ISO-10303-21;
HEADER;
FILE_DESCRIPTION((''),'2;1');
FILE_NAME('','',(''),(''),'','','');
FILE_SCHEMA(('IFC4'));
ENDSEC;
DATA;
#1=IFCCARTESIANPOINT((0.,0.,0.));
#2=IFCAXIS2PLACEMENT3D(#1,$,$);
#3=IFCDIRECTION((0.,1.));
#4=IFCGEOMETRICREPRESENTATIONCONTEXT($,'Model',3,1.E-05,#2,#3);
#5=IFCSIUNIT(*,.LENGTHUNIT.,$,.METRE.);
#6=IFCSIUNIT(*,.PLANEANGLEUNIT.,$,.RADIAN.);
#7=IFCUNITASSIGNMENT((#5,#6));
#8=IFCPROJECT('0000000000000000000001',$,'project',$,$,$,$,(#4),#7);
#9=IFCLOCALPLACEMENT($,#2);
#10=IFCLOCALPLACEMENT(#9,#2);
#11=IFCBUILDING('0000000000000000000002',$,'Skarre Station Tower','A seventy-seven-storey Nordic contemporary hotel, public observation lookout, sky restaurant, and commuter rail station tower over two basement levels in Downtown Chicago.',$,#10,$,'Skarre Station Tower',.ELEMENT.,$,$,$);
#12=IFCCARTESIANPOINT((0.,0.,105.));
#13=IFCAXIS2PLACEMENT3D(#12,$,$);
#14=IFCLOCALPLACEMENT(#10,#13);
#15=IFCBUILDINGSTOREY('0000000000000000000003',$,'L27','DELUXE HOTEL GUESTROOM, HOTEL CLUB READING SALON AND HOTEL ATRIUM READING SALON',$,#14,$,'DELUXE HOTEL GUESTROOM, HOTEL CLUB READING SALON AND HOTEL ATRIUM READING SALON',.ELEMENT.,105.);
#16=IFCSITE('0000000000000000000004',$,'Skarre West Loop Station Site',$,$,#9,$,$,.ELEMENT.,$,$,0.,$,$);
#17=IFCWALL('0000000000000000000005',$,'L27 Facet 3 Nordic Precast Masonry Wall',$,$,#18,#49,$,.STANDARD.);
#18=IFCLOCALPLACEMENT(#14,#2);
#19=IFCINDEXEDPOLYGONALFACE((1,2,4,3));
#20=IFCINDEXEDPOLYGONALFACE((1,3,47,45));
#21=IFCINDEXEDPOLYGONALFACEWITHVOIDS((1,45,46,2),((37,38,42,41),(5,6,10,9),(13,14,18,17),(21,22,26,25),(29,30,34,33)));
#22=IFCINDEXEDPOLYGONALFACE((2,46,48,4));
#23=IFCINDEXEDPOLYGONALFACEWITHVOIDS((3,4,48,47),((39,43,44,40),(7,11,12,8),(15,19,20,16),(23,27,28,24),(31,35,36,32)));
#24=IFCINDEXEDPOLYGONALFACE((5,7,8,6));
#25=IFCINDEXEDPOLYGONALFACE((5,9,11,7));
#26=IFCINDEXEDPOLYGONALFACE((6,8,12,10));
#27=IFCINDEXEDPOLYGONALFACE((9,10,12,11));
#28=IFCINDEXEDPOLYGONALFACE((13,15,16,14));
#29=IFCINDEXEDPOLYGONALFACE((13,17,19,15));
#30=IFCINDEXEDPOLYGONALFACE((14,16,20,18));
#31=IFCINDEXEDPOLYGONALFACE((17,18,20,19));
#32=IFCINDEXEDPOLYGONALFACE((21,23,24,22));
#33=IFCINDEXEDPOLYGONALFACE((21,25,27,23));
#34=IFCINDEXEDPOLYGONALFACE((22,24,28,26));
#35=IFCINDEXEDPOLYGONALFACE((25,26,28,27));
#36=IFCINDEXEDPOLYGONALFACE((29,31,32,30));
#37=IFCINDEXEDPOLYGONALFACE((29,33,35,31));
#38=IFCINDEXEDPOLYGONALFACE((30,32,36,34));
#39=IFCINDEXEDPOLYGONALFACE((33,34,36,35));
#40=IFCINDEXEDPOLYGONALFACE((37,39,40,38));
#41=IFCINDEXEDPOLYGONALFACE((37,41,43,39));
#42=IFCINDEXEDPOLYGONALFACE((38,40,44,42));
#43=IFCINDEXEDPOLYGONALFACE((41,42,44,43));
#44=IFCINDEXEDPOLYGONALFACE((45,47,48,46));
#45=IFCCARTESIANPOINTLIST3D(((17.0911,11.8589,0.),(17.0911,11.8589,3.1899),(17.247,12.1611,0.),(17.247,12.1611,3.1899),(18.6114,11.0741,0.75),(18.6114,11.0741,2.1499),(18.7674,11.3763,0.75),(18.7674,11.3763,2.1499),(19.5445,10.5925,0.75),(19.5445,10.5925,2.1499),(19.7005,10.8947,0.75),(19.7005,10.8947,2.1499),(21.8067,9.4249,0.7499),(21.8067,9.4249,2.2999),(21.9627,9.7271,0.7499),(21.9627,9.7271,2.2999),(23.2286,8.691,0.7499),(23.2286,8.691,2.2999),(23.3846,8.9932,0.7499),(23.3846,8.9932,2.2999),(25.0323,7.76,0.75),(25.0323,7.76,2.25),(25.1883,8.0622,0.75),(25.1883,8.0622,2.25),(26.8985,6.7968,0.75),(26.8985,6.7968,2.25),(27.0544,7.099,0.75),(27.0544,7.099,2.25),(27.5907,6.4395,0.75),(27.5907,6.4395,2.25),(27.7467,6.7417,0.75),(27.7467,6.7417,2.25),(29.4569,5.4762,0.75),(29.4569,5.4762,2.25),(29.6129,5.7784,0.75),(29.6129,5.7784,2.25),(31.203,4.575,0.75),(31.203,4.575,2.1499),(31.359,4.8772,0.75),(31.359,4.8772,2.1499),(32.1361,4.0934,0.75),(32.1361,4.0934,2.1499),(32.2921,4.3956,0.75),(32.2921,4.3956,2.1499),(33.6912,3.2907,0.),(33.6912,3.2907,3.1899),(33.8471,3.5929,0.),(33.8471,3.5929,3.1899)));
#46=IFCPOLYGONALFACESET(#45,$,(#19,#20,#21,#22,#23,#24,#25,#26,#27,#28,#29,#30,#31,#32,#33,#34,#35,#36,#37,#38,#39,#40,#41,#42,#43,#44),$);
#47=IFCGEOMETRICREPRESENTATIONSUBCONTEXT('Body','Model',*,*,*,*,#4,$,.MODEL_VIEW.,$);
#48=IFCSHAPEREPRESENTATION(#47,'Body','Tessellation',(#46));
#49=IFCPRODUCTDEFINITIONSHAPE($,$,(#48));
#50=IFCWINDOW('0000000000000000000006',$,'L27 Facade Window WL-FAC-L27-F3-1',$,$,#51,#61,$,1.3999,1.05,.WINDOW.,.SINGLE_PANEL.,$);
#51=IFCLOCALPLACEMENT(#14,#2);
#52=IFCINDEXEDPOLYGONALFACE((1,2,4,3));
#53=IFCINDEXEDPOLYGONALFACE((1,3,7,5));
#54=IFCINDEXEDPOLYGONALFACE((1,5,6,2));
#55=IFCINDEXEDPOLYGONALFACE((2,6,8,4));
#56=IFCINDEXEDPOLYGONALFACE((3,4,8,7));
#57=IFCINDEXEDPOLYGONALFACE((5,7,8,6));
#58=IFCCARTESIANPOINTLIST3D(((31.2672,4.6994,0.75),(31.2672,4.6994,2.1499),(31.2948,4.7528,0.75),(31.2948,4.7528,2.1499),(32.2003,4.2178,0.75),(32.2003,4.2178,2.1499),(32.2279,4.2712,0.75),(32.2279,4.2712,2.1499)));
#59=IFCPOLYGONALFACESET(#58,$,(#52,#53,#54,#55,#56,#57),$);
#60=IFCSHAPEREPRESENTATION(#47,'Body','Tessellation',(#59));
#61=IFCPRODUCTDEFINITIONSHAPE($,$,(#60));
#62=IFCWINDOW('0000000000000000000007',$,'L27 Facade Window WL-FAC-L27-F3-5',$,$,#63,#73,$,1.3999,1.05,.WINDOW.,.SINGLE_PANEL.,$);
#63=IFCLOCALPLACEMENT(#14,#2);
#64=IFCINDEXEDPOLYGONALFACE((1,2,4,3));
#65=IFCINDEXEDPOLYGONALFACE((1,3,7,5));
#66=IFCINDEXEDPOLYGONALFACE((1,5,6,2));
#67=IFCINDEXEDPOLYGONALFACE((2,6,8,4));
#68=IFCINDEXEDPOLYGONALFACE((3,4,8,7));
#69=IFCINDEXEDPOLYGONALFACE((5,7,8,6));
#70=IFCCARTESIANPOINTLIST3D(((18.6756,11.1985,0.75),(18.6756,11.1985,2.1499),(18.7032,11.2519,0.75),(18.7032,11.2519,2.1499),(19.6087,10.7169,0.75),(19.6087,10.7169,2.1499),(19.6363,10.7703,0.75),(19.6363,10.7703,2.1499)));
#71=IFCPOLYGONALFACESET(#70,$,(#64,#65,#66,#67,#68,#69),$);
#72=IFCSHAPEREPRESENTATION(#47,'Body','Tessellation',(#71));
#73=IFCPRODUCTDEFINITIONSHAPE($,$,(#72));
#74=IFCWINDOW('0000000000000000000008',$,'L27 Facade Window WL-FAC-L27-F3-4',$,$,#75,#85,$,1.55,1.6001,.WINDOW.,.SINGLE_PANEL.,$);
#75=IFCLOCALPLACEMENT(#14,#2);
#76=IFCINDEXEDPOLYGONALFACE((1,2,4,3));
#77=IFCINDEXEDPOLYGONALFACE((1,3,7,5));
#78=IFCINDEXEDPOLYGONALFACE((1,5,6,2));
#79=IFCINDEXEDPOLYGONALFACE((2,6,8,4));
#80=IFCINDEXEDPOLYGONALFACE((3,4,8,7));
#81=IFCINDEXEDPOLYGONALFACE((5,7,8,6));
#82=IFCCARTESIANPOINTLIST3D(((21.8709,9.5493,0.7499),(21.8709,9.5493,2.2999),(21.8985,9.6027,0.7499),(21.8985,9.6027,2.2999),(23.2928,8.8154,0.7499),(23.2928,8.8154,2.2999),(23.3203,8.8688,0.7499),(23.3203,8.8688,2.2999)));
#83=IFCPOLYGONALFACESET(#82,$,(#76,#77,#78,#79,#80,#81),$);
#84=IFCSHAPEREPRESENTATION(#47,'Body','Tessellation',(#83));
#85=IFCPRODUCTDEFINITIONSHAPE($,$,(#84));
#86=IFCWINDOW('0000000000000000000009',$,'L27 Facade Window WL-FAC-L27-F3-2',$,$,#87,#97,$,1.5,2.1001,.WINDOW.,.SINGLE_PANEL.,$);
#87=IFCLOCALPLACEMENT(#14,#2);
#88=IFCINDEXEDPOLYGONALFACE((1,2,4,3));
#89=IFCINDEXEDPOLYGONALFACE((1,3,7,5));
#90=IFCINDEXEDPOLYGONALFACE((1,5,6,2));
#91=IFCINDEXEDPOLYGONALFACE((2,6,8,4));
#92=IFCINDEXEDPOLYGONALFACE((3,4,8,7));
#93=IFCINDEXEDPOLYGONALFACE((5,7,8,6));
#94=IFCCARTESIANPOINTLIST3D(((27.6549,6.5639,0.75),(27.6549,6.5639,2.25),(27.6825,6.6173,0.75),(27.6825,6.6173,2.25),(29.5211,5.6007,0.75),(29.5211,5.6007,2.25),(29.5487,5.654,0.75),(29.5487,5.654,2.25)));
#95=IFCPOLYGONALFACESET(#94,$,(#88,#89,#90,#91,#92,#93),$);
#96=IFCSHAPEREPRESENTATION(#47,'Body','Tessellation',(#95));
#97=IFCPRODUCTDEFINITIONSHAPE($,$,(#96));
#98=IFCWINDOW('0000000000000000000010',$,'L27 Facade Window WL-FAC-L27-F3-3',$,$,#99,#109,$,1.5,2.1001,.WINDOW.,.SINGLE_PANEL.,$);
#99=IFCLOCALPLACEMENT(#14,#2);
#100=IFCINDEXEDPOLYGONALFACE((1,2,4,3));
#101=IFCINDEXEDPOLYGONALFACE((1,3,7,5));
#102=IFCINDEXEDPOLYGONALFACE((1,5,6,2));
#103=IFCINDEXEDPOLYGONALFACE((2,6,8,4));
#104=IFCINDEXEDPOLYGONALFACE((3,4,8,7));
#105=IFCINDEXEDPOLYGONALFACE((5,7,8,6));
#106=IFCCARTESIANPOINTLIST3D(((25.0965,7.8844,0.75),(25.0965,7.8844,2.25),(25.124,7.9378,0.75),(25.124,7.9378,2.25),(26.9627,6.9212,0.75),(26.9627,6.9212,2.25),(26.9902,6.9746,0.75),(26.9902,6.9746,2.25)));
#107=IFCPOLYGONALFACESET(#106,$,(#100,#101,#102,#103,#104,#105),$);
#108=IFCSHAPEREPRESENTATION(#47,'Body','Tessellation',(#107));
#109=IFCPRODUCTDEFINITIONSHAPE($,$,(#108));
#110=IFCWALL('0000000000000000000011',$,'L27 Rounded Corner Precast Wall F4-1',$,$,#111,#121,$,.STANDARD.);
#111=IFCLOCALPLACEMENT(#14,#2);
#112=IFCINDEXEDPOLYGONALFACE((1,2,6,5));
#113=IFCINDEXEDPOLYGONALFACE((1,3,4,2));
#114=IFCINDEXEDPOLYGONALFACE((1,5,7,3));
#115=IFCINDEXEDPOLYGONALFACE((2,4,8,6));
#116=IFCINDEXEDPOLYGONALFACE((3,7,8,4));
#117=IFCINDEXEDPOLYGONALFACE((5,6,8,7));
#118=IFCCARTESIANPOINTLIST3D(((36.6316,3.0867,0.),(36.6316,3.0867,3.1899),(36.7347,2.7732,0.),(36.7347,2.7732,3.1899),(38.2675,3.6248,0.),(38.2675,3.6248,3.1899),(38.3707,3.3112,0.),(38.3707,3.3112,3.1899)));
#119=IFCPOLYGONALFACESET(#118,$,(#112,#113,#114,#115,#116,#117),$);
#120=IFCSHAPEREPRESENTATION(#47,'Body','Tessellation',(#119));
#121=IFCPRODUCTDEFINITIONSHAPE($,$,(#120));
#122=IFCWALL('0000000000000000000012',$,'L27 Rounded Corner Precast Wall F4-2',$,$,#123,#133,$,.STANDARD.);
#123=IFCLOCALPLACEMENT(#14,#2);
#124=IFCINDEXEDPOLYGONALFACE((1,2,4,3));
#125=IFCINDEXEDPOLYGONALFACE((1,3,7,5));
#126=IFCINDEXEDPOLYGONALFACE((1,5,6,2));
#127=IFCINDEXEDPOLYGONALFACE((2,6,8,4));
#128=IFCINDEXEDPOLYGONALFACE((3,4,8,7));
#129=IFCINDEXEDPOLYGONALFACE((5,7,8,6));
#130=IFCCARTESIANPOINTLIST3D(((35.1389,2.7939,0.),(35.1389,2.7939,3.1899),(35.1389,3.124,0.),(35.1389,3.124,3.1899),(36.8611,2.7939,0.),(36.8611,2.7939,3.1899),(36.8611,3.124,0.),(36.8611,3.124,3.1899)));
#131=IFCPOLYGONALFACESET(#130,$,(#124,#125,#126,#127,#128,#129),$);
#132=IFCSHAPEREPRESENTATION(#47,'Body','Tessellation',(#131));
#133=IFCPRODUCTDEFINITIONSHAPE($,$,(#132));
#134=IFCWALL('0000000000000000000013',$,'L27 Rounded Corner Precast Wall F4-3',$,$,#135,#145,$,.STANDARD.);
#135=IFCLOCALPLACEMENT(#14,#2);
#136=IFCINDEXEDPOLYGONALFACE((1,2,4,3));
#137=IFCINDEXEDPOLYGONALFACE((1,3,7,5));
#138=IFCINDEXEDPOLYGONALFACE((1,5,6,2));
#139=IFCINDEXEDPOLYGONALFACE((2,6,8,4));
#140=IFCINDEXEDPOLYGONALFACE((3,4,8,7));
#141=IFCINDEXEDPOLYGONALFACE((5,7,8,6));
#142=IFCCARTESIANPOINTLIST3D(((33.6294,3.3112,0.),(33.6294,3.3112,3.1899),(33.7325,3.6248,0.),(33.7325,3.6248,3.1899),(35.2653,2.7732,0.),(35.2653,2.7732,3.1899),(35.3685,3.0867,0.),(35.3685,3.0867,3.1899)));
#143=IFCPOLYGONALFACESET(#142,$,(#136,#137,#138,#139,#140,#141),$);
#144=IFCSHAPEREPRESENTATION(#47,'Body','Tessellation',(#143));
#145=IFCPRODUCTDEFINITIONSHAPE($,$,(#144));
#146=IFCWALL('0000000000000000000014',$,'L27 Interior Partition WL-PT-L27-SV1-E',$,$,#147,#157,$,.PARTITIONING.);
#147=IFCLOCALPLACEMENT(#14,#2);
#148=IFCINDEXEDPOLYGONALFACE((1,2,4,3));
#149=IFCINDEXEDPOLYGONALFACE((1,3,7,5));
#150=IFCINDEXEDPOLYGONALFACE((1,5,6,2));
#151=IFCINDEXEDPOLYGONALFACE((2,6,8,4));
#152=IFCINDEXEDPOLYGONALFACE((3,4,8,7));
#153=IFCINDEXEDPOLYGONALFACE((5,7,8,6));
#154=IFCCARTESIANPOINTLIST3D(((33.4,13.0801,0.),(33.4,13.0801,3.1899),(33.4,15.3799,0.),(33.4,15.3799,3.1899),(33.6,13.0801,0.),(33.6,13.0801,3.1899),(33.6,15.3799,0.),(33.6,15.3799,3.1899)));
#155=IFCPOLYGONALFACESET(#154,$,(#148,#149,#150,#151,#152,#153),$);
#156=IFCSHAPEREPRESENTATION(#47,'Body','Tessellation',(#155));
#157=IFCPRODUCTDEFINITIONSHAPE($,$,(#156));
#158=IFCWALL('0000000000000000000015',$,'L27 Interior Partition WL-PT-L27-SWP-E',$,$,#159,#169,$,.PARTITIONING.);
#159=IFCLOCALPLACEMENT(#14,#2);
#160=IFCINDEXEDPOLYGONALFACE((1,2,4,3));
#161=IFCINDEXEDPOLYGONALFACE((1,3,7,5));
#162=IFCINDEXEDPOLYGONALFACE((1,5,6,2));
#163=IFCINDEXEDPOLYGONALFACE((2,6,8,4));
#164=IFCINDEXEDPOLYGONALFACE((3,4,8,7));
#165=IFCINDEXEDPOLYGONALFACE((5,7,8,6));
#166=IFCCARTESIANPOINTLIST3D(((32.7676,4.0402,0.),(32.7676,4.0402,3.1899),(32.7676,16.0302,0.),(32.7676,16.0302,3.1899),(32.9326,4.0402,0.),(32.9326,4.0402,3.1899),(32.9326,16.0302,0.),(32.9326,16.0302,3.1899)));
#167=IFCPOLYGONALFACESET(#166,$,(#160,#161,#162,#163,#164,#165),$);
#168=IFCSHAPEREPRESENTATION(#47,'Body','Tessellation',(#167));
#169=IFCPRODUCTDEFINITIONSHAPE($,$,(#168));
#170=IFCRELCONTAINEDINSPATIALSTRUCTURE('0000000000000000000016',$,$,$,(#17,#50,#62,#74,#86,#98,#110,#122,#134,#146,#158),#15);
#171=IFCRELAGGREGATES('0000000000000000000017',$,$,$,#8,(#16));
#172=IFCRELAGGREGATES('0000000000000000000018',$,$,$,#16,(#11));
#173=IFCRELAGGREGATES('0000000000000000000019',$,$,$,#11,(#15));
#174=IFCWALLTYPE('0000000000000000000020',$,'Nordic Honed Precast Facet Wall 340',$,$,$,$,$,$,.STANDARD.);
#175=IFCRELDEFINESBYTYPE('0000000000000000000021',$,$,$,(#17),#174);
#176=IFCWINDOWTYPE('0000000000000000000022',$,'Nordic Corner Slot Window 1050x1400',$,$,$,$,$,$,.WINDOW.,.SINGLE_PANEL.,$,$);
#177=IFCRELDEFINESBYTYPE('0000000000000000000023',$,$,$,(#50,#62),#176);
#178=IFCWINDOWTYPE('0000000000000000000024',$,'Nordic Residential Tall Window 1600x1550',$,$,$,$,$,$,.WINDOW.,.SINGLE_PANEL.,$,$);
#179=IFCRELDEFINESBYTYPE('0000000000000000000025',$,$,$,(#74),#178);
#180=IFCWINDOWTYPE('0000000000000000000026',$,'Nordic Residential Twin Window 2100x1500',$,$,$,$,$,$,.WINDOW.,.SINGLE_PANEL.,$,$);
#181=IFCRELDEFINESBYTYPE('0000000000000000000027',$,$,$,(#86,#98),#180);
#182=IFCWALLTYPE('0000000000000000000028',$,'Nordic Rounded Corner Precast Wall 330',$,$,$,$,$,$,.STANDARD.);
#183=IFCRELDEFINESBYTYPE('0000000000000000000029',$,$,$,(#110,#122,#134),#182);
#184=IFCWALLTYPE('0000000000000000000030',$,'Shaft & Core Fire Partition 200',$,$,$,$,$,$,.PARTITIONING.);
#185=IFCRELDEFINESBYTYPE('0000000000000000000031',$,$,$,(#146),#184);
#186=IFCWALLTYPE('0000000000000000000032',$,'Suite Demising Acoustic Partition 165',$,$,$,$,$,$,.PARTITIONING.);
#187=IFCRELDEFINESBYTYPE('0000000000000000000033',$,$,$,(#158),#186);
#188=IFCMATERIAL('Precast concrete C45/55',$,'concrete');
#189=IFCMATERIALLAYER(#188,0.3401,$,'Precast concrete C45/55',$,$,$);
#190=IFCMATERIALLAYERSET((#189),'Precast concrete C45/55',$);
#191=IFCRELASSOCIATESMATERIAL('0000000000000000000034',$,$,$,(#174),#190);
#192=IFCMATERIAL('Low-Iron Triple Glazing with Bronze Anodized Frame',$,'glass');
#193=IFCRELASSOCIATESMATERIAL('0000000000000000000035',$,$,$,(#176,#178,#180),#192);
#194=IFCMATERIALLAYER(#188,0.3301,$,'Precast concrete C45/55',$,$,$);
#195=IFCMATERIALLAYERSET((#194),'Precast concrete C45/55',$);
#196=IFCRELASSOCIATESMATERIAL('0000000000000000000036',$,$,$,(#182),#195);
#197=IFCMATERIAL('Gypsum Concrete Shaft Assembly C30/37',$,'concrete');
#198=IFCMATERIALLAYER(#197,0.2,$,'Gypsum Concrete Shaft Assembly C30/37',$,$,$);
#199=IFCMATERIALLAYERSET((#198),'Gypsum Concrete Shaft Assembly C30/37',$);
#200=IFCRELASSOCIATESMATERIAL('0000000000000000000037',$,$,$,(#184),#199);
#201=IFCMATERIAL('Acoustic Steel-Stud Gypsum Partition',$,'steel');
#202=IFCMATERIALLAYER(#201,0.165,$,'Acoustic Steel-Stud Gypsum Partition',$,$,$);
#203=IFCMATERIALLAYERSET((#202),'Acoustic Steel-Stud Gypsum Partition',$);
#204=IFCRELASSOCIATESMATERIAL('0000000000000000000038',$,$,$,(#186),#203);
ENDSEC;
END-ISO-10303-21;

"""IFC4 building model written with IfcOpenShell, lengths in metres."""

from ifc_helpers import new_model, si_unit, direction, frame, frame_2d, origin, place, context, subcontext, project, spatial, rectangle, extrude, material, layer, layer_set, type_object, element, fill, save


model = new_model("IFC4")

# Units and contexts
model_context = context("Model", 3, precision=1e-05, world=origin(), true_north=direction((0.0, 1.0)))
body_context = subcontext(model_context, "Body", "Model", "MODEL_VIEW")
ifc_project = project(units=[si_unit("LENGTHUNIT", "METRE"), si_unit("PLANEANGLEUNIT", "RADIAN")], contexts=[model_context])

# Site, building, storey
site_placement = place(None, origin())
site = spatial("IfcSite", under=ifc_project, at=site_placement, Name="Skarre West Loop Station Site", CompositionType="ELEMENT", RefElevation=0.0)
building_placement = place(site_placement, origin())
building = spatial("IfcBuilding", under=site, at=building_placement, Name="Skarre Station Tower", Description="A seventy-seven-storey Nordic contemporary hotel, public observation lookout, sky restaurant, and commuter rail station tower over two basement levels in Downtown Chicago.", LongName="Skarre Station Tower", CompositionType="ELEMENT")
storey_placement = place(building_placement, frame((0.0, 0.0, 105.0)))
storey = spatial("IfcBuildingStorey", under=building, at=storey_placement, Name="L27", Description="DELUXE HOTEL GUESTROOM, HOTEL CLUB READING SALON AND HOTEL ATRIUM READING SALON", LongName="DELUXE HOTEL GUESTROOM, HOTEL CLUB READING SALON AND HOTEL ATRIUM READING SALON", CompositionType="ELEMENT", Elevation=105.0)

# Wall, openings, windows
ifc_material_1 = material(Name="Precast concrete C45/55", Category="concrete")
ifc_layer_1 = layer(ifc_material_1, 0.3401, Name="Precast concrete C45/55")
ifc_layer_set_1 = layer_set([ifc_layer_1], Name="Precast concrete C45/55")
wall_type_1 = type_object("IfcWallType", Name="Nordic Honed Precast Facet Wall 340", PredefinedType="STANDARD", material=ifc_layer_set_1)
wall_1_placement = place(storey_placement, frame((33.769, 3.4419, 0.0), z_axis=(0.0, 0.0, 1.0), x_axis=(-0.888614, 0.458657, 0.0)))
wall_1 = element("IfcWall", 1, at=wall_1_placement, inside=storey, type_object=wall_type_1, Name="L27 Facet 3 Nordic Precast Masonry Wall", PredefinedType="STANDARD", context=body_context, shape_type="SweptSolid", body=[
    extrude(rectangle(XDim=18.6809, YDim=0.3401, at=frame_2d((9.3403, 0.0))), origin(), (0.0, 0.0, 1.0), 3.1899),
])
opening_1_placement = place(wall_1_placement, frame((1.75, 0.0, 0.75)))
opening_1 = element("IfcOpeningElement", 2, at=opening_1_placement, cuts=wall_1, PredefinedType="OPENING", context=body_context, shape_type="SweptSolid", body=[
    extrude(rectangle(XDim=1.05, YDim=1.3999, at=frame_2d((0.5249, 0.7))), frame((0.0, 0.1799, 0.0), z_axis=(0.0, -1.0, 0.0), x_axis=(1.0, 0.0, 0.0)), (0.0, 0.0, 1.0), 0.3601),
])
opening_2_placement = place(wall_1_placement, frame((4.7649, 0.0, 0.75)))
opening_2 = element("IfcOpeningElement", 3, at=opening_2_placement, cuts=wall_1, PredefinedType="OPENING", context=body_context, shape_type="SweptSolid", body=[
    extrude(rectangle(XDim=2.1001, YDim=1.5, at=frame_2d((1.05, 0.75))), frame((0.0, 0.1799, 0.0), z_axis=(0.0, -1.0, 0.0), x_axis=(1.0, 0.0, 0.0)), (0.0, 0.0, 1.0), 0.3601),
])
opening_3_placement = place(wall_1_placement, frame((7.644, 0.0, 0.75)))
opening_3 = element("IfcOpeningElement", 4, at=opening_3_placement, cuts=wall_1, PredefinedType="OPENING", context=body_context, shape_type="SweptSolid", body=[
    extrude(rectangle(XDim=2.1001, YDim=1.5, at=frame_2d((1.05, 0.75))), frame((0.0, 0.1799, 0.0), z_axis=(0.0, -1.0, 0.0), x_axis=(1.0, 0.0, 0.0)), (0.0, 0.0, 1.0), 0.3601),
])
opening_4_placement = place(wall_1_placement, frame((11.7739, 0.0, 0.75)))
opening_4 = element("IfcOpeningElement", 5, at=opening_4_placement, cuts=wall_1, PredefinedType="OPENING", context=body_context, shape_type="SweptSolid", body=[
    extrude(rectangle(XDim=1.6001, YDim=1.55, at=frame_2d((0.8, 0.7749))), frame((0.0, 0.1799, 0.0), z_axis=(0.0, -1.0, 0.0), x_axis=(1.0, 0.0, 0.0)), (0.0, 0.0, 1.0), 0.3601),
])
opening_5_placement = place(wall_1_placement, frame((15.9199, 0.0, 0.75)))
opening_5 = element("IfcOpeningElement", 6, at=opening_5_placement, cuts=wall_1, PredefinedType="OPENING", context=body_context, shape_type="SweptSolid", body=[
    extrude(rectangle(XDim=1.05, YDim=1.3999, at=frame_2d((0.5249, 0.7))), frame((0.0, 0.1799, 0.0), z_axis=(0.0, -1.0, 0.0), x_axis=(1.0, 0.0, 0.0)), (0.0, 0.0, 1.0), 0.3601),
])
ifc_material_2 = material(Name="Low-Iron Triple Glazing with Bronze Anodized Frame", Category="glass")
window_type_1 = type_object("IfcWindowType", Name="Nordic Corner Slot Window 1050x1400", PartitioningType="SINGLE_PANEL", PredefinedType="WINDOW", material=ifc_material_2)
window_1_placement = place(opening_1_placement, origin())
window_1 = element("IfcWindow", 7, at=window_1_placement, inside=storey, type_object=window_type_1, Name="L27 Facade Window WL-FAC-L27-F3-1", OverallHeight=1.3999, OverallWidth=1.05, PartitioningType="SINGLE_PANEL", PredefinedType="WINDOW", context=body_context, shape_type="SweptSolid", body=[
    extrude(rectangle(XDim=1.05, YDim=1.3999, at=frame_2d((0.5249, 0.7))), frame((0.0, 0.03, 0.0), z_axis=(0.0, -1.0, 0.0), x_axis=(1.0, 0.0, 0.0)), (0.0, 0.0, 1.0), 0.0601),
])
fill(opening_1, window_1)
window_2_placement = place(opening_5_placement, origin())
window_2 = element("IfcWindow", 8, at=window_2_placement, inside=storey, type_object=window_type_1, Name="L27 Facade Window WL-FAC-L27-F3-5", OverallHeight=1.3999, OverallWidth=1.05, PartitioningType="SINGLE_PANEL", PredefinedType="WINDOW", context=body_context, shape_type="SweptSolid", body=[
    extrude(rectangle(XDim=1.05, YDim=1.3999, at=frame_2d((0.5249, 0.7))), frame((0.0, 0.03, 0.0), z_axis=(0.0, -1.0, 0.0), x_axis=(1.0, 0.0, 0.0)), (0.0, 0.0, 1.0), 0.0601),
])
fill(opening_5, window_2)
window_type_2 = type_object("IfcWindowType", Name="Nordic Residential Tall Window 1600x1550", PartitioningType="SINGLE_PANEL", PredefinedType="WINDOW", material=ifc_material_2)
window_3_placement = place(opening_4_placement, origin())
window_3 = element("IfcWindow", 9, at=window_3_placement, inside=storey, type_object=window_type_2, Name="L27 Facade Window WL-FAC-L27-F3-4", OverallHeight=1.55, OverallWidth=1.6001, PartitioningType="SINGLE_PANEL", PredefinedType="WINDOW", context=body_context, shape_type="SweptSolid", body=[
    extrude(rectangle(XDim=1.6001, YDim=1.55, at=frame_2d((0.8, 0.7749))), frame((0.0, 0.03, 0.0), z_axis=(0.0, -1.0, 0.0), x_axis=(1.0, 0.0, 0.0)), (0.0, 0.0, 1.0), 0.0601),
])
fill(opening_4, window_3)
window_type_3 = type_object("IfcWindowType", Name="Nordic Residential Twin Window 2100x1500", PartitioningType="SINGLE_PANEL", PredefinedType="WINDOW", material=ifc_material_2)
window_4_placement = place(opening_2_placement, origin())
window_4 = element("IfcWindow", 10, at=window_4_placement, inside=storey, type_object=window_type_3, Name="L27 Facade Window WL-FAC-L27-F3-2", OverallHeight=1.5, OverallWidth=2.1001, PartitioningType="SINGLE_PANEL", PredefinedType="WINDOW", context=body_context, shape_type="SweptSolid", body=[
    extrude(rectangle(XDim=2.1001, YDim=1.5, at=frame_2d((1.05, 0.75))), frame((0.0, 0.03, 0.0), z_axis=(0.0, -1.0, 0.0), x_axis=(1.0, 0.0, 0.0)), (0.0, 0.0, 1.0), 0.0601),
])
fill(opening_2, window_4)
window_5_placement = place(opening_3_placement, origin())
window_5 = element("IfcWindow", 11, at=window_5_placement, inside=storey, type_object=window_type_3, Name="L27 Facade Window WL-FAC-L27-F3-3", OverallHeight=1.5, OverallWidth=2.1001, PartitioningType="SINGLE_PANEL", PredefinedType="WINDOW", context=body_context, shape_type="SweptSolid", body=[
    extrude(rectangle(XDim=2.1001, YDim=1.5, at=frame_2d((1.05, 0.75))), frame((0.0, 0.03, 0.0), z_axis=(0.0, -1.0, 0.0), x_axis=(1.0, 0.0, 0.0)), (0.0, 0.0, 1.0), 0.0601),
])
fill(opening_3, window_5)

# Walls
ifc_layer_2 = layer(ifc_material_1, 0.3301, Name="Precast concrete C45/55")
ifc_layer_set_2 = layer_set([ifc_layer_2], Name="Precast concrete C45/55")
wall_type_2 = type_object("IfcWallType", Name="Nordic Rounded Corner Precast Wall 330", PredefinedType="STANDARD", material=ifc_layer_set_2)
for number, where, z_axis, x_axis, name in (
    (12, (38.3191, 3.468, 0.0), (0.0, 0.0, 1.0), (-0.949937, -0.31244, 0.0), "L27 Rounded Corner Precast Wall F4-1"),
    (13, (36.8611, 2.959, 0.0), (0.0, 0.0, 1.0), (-1.0, 0.0, 0.0), "L27 Rounded Corner Precast Wall F4-2"),
    (14, (35.3169, 2.9299, 0.0), (0.0, 0.0, 1.0), (-0.949937, 0.31244, 0.0), "L27 Rounded Corner Precast Wall F4-3"),
):
    element("IfcWall", number, at=place(storey_placement, frame(where, z_axis=z_axis, x_axis=x_axis)), inside=storey, type_object=wall_type_2, Name=name, PredefinedType="STANDARD", context=body_context, shape_type="SweptSolid", body=[
        extrude(rectangle(XDim=1.7222, YDim=0.3301, at=frame_2d((0.8611, 0.0))), origin(), (0.0, 0.0, 1.0), 3.1899),
    ])
ifc_material_3 = material(Name="Gypsum Concrete Shaft Assembly C30/37", Category="concrete")
ifc_layer_3 = layer(ifc_material_3, 0.2, Name="Gypsum Concrete Shaft Assembly C30/37")
ifc_layer_set_3 = layer_set([ifc_layer_3], Name="Gypsum Concrete Shaft Assembly C30/37")
wall_type_3 = type_object("IfcWallType", Name="Shaft & Core Fire Partition 200", PredefinedType="PARTITIONING", material=ifc_layer_set_3)
wall_2_placement = place(storey_placement, frame((33.5, 13.0801, 0.0), z_axis=(0.0, 0.0, 1.0), x_axis=(0.0, 1.0, 0.0)))
element("IfcWall", 15, at=wall_2_placement, inside=storey, type_object=wall_type_3, Name="L27 Interior Partition WL-PT-L27-SV1-E", PredefinedType="PARTITIONING", context=body_context, shape_type="SweptSolid", body=[
    extrude(rectangle(XDim=2.2998, YDim=0.2, at=frame_2d((1.1499, 0.0))), origin(), (0.0, 0.0, 1.0), 3.1899),
])
ifc_material_4 = material(Name="Acoustic Steel-Stud Gypsum Partition", Category="steel")
ifc_layer_4 = layer(ifc_material_4, 0.165, Name="Acoustic Steel-Stud Gypsum Partition")
ifc_layer_set_4 = layer_set([ifc_layer_4], Name="Acoustic Steel-Stud Gypsum Partition")
wall_type_4 = type_object("IfcWallType", Name="Suite Demising Acoustic Partition 165", PredefinedType="PARTITIONING", material=ifc_layer_set_4)
wall_3_placement = place(storey_placement, frame((32.8501, 4.04, 0.0), z_axis=(0.0, 0.0, 1.0), x_axis=(0.0, 1.0, 0.0)))
element("IfcWall", 16, at=wall_3_placement, inside=storey, type_object=wall_type_4, Name="L27 Interior Partition WL-PT-L27-SWP-E", PredefinedType="PARTITIONING", context=body_context, shape_type="SweptSolid", body=[
    extrude(rectangle(XDim=11.99, YDim=0.165, at=frame_2d((5.9951, 0.0))), origin(), (0.0, 0.0, 1.0), 3.1899),
])

save(model, "model.ifc")
